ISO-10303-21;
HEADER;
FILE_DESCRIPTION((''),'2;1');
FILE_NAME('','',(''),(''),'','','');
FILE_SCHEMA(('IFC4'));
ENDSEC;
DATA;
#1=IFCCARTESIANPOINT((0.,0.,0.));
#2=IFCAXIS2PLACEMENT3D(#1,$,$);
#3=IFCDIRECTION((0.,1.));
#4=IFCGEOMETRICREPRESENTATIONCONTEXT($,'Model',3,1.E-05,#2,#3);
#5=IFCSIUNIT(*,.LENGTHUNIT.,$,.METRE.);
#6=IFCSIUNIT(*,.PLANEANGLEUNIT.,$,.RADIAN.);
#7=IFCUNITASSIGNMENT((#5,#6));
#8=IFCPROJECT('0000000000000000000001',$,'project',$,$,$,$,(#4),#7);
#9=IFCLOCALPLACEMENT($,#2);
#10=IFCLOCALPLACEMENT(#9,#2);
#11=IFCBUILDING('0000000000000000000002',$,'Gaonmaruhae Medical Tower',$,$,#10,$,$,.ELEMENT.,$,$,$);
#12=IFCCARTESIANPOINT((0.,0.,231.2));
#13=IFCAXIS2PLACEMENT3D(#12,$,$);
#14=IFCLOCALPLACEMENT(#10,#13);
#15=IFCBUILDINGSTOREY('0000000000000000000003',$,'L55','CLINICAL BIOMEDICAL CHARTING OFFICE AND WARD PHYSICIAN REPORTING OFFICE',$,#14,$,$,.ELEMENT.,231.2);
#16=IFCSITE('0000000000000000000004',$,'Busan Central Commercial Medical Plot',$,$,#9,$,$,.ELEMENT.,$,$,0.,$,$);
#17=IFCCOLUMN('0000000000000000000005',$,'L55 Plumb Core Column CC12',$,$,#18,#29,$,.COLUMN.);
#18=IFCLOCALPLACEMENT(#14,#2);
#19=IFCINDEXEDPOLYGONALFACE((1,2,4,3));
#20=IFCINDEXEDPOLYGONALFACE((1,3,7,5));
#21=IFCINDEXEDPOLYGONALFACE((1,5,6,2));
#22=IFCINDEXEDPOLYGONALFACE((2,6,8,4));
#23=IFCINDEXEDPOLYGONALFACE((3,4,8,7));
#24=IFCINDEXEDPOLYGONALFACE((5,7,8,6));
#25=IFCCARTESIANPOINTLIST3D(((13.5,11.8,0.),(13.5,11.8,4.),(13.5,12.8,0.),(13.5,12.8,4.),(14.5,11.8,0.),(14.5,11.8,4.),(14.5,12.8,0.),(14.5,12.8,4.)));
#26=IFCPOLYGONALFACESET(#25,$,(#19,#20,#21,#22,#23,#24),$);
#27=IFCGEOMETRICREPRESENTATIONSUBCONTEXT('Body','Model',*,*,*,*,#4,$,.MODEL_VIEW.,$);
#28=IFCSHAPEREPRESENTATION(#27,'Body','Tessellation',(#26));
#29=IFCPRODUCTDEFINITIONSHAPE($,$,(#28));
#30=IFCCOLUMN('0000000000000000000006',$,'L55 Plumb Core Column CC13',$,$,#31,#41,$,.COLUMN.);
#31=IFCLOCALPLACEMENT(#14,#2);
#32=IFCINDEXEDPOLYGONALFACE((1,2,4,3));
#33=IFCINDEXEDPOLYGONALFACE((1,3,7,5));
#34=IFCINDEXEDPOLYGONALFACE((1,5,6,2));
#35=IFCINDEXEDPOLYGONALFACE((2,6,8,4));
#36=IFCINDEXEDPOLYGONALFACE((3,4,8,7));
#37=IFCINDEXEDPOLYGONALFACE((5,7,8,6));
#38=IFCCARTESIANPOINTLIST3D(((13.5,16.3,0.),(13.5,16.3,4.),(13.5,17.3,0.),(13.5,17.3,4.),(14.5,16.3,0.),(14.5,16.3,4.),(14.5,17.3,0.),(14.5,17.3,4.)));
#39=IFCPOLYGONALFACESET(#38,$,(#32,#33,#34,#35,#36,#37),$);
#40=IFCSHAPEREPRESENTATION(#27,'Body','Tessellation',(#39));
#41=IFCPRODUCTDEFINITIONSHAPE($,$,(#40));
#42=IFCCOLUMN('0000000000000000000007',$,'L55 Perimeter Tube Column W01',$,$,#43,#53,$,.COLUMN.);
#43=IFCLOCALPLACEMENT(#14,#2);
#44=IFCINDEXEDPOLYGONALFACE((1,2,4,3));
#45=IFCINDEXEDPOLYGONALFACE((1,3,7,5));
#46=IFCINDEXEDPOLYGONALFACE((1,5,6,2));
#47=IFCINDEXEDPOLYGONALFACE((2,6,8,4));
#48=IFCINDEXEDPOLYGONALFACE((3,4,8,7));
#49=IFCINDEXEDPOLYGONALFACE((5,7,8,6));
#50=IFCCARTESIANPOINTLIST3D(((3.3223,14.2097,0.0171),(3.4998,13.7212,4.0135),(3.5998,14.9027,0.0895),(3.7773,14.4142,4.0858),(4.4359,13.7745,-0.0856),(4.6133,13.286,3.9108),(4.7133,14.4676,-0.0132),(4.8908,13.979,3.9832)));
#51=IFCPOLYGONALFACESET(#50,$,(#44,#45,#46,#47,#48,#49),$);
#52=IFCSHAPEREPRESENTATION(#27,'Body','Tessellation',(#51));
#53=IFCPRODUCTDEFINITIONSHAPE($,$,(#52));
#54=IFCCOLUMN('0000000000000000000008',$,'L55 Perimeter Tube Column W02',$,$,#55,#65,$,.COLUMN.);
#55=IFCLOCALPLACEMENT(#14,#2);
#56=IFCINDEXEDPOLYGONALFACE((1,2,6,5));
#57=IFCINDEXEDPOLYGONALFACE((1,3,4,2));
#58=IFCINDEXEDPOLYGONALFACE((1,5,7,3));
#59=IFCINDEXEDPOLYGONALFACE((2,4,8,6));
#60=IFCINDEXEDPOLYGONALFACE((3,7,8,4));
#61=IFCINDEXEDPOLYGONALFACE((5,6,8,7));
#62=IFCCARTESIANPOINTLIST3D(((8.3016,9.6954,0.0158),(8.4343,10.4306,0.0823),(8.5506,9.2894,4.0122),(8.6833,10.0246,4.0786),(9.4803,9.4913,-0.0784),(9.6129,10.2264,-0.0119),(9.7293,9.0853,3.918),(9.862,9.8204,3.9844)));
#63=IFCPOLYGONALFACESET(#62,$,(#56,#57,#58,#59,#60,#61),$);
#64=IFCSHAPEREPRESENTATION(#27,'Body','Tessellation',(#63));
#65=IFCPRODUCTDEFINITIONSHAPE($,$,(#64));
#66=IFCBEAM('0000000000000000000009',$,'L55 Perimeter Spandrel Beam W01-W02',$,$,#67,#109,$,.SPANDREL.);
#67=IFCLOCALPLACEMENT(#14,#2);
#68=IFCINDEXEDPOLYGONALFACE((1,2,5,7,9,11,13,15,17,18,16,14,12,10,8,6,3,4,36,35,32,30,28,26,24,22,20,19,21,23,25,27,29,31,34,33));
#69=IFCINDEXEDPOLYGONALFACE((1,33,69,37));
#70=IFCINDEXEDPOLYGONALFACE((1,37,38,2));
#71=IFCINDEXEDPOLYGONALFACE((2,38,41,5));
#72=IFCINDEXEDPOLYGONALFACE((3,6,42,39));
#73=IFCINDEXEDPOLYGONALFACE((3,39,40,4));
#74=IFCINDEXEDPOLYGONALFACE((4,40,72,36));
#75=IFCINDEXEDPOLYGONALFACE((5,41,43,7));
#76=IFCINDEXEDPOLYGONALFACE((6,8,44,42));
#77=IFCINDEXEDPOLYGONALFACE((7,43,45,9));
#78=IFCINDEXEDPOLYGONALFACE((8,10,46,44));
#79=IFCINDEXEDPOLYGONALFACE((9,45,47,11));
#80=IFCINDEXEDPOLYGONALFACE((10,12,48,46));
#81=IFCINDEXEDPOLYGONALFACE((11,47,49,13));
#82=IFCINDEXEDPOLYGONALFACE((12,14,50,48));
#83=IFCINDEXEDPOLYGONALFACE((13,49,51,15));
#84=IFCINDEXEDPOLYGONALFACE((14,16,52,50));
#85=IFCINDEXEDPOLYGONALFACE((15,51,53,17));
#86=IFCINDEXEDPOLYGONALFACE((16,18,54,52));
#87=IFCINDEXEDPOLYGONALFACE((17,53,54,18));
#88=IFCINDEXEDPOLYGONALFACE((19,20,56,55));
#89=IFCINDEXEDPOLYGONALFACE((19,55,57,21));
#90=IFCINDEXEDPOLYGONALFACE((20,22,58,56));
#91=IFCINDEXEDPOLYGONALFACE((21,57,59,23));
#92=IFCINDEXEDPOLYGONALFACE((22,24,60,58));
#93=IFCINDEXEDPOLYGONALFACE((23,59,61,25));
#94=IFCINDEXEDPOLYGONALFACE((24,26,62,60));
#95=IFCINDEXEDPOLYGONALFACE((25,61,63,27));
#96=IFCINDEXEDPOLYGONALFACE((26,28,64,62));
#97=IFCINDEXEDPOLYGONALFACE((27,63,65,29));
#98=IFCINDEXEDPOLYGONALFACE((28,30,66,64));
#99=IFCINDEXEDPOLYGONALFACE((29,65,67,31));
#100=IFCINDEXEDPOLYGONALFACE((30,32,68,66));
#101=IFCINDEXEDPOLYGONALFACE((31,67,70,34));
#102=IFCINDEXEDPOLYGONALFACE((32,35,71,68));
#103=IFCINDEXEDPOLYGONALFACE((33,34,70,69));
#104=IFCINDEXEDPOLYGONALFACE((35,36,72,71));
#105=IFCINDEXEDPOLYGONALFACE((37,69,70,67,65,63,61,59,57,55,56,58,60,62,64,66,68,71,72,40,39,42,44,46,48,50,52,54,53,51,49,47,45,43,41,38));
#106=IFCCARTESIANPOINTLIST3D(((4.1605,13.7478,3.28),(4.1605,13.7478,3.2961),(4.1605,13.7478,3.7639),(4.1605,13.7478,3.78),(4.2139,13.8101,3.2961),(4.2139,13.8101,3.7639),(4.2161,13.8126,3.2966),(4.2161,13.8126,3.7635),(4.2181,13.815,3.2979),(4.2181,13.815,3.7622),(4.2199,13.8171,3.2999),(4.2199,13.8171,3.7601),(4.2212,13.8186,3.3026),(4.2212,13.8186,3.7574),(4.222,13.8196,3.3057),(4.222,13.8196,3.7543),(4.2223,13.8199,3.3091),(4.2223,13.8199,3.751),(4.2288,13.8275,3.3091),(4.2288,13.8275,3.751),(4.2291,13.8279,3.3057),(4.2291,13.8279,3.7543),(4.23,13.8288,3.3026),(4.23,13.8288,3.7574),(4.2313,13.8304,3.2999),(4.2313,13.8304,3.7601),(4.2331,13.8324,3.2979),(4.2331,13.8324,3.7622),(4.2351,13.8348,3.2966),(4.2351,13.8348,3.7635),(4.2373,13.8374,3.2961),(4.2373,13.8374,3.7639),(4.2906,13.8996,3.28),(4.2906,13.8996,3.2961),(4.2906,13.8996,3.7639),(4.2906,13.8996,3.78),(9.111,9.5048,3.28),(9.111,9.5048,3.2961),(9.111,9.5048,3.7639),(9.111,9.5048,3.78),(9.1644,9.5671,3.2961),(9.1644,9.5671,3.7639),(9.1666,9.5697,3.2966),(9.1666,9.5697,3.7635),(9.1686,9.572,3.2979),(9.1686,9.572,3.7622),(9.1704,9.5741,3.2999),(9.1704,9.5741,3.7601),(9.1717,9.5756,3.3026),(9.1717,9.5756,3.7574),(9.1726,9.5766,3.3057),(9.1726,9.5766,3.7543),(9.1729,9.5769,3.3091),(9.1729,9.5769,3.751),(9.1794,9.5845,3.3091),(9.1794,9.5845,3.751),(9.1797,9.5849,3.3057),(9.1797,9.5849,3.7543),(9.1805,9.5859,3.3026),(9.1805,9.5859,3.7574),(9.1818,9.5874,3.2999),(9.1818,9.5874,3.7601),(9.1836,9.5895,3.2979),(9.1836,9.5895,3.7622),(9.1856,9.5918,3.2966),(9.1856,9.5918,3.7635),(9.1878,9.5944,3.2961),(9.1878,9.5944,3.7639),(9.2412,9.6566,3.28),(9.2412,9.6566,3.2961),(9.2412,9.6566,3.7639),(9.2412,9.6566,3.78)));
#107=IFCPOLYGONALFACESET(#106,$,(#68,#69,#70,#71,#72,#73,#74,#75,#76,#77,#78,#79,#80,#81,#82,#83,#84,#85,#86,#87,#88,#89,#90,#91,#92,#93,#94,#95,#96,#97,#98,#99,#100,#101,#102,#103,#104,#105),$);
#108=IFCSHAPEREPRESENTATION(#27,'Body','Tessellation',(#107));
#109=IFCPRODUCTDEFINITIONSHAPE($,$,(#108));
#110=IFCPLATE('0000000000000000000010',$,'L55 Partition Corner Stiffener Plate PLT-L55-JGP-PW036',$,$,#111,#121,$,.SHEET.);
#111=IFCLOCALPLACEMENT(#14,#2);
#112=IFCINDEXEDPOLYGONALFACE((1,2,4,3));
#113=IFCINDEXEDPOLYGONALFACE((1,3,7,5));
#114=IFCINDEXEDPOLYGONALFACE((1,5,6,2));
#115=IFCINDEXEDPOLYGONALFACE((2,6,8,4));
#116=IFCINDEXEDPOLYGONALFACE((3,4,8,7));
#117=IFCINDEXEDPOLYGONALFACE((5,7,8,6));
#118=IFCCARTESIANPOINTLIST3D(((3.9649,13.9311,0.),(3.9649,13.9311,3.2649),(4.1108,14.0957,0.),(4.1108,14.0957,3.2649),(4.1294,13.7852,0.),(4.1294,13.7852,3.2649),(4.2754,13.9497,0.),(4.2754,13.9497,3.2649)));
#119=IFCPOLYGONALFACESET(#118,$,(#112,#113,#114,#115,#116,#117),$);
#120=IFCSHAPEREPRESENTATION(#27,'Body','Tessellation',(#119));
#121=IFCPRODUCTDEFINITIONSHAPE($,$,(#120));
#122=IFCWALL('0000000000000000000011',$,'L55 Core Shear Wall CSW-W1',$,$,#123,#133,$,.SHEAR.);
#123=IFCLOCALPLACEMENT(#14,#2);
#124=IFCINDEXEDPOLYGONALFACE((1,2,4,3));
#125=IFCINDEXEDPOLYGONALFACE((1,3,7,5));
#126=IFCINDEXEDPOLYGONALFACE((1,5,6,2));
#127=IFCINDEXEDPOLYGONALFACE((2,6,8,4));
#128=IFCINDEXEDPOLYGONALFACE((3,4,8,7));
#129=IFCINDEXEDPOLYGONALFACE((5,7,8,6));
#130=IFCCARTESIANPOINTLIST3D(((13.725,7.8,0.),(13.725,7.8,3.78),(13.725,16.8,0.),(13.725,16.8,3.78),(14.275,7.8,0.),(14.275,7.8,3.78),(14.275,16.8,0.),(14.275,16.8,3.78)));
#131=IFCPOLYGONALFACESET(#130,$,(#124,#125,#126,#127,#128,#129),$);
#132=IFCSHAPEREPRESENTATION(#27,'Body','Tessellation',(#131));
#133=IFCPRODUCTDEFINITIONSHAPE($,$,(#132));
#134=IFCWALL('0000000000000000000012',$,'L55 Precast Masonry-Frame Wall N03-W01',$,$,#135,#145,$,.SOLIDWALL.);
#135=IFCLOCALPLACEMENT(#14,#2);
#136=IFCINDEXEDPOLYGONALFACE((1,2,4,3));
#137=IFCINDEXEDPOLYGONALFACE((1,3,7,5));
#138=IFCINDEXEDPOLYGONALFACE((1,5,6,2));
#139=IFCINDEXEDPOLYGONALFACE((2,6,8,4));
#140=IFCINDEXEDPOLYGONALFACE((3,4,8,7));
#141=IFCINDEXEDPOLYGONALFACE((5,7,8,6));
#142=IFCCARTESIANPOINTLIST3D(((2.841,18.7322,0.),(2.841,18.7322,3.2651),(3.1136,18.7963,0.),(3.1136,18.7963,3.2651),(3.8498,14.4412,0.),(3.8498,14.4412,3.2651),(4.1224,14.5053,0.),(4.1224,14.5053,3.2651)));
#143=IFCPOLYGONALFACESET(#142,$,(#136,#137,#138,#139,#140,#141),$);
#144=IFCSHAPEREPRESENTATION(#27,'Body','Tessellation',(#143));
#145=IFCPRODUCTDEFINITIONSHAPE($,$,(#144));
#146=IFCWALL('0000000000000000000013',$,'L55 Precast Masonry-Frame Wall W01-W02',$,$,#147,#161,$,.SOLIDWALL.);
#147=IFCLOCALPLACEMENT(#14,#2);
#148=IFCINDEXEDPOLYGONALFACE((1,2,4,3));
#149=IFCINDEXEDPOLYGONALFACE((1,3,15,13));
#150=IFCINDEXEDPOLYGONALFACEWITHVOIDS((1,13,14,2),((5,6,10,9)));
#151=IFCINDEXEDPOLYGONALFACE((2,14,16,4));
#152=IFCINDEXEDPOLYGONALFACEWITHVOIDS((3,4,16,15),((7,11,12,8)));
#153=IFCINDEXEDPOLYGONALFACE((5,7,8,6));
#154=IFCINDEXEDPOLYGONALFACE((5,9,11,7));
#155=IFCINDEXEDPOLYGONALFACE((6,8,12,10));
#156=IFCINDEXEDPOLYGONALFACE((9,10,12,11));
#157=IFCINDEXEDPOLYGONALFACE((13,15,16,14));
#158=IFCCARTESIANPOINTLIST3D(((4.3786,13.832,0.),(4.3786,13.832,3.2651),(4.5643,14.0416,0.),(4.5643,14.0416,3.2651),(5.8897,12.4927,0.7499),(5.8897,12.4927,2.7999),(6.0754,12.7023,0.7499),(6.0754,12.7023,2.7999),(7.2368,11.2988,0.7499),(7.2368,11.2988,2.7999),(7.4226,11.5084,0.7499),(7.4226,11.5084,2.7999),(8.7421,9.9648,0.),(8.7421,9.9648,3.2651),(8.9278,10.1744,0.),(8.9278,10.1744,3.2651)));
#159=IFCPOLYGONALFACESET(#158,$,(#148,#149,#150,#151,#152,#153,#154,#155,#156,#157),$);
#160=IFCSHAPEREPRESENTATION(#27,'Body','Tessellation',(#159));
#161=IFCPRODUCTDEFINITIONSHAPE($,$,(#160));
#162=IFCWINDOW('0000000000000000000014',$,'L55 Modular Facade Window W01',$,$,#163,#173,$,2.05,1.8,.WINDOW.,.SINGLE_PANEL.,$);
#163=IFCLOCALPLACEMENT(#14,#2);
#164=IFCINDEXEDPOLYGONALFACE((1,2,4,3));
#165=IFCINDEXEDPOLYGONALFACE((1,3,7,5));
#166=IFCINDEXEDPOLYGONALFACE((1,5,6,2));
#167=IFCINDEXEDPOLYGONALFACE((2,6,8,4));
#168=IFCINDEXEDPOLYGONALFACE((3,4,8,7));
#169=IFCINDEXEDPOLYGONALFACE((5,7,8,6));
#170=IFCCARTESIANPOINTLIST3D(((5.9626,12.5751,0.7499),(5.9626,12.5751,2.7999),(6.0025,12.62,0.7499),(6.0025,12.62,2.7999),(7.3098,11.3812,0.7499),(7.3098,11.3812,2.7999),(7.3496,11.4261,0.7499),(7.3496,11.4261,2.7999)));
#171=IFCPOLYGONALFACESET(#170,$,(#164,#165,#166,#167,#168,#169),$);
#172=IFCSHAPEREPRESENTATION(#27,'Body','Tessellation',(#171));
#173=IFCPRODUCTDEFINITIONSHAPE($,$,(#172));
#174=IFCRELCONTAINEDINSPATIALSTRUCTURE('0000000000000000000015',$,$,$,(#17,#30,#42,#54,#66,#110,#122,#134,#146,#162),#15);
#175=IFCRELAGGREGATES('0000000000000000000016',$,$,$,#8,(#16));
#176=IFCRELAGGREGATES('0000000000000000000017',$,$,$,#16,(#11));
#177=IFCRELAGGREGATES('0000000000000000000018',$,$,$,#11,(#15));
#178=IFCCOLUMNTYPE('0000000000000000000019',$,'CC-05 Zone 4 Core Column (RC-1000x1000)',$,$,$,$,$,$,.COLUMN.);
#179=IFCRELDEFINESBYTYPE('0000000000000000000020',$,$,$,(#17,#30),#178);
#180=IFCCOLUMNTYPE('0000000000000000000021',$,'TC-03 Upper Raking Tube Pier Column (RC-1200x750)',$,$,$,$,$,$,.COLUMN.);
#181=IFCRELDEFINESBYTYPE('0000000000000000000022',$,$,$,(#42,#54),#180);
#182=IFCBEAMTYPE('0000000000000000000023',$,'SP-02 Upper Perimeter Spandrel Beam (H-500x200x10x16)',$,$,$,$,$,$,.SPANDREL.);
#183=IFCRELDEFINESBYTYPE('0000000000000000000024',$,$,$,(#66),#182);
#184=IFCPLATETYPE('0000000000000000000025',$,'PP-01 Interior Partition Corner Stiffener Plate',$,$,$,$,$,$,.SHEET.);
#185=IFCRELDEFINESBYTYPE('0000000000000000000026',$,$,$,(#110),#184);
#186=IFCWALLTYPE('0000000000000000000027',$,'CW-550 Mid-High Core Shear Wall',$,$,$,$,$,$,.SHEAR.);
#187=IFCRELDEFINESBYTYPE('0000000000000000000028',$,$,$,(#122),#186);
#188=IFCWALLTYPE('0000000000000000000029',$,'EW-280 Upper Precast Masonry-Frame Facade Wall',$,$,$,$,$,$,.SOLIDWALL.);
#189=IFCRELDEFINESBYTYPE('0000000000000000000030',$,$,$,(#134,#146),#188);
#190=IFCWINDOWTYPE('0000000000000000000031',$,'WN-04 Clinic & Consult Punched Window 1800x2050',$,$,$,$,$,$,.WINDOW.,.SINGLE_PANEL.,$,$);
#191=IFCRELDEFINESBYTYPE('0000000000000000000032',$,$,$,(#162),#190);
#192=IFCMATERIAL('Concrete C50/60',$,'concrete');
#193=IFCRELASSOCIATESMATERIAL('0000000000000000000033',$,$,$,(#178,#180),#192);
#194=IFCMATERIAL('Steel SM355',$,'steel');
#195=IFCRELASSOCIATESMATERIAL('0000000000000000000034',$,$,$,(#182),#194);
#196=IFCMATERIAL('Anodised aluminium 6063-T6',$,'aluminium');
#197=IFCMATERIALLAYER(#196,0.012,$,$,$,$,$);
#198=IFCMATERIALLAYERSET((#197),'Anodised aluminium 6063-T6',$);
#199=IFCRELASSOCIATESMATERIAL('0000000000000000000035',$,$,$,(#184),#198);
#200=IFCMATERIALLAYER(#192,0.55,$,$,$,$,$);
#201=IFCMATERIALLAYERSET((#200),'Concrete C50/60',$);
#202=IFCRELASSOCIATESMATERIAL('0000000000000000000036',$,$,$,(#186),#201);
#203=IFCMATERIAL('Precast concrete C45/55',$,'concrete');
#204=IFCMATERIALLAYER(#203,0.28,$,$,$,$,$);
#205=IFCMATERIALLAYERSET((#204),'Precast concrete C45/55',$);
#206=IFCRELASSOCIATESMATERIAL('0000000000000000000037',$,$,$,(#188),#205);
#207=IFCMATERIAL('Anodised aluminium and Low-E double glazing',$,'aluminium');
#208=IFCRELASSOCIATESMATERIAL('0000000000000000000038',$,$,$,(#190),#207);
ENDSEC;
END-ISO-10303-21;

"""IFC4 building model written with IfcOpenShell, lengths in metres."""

from ifc_helpers import new_model, si_unit, direction, frame, frame_2d, origin, origin_2d, place, context, subcontext, project, spatial, rectangle, i_section, extrude, material, layer, layer_set, material_profile, profile_set, type_object, element, fill, save


model = new_model("IFC4")

# Units and contexts
model_context = context("Model", 3, precision=1e-05, world=origin(), true_north=direction((0.0, 1.0)))
body_context = subcontext(model_context, "Body", "Model", "MODEL_VIEW")
ifc_project = project(units=[si_unit("LENGTHUNIT", "METRE"), si_unit("PLANEANGLEUNIT", "RADIAN")], contexts=[model_context])

# Site, building, storey
site_placement = place(None, origin())
site = spatial("IfcSite", under=ifc_project, at=site_placement, Name="Busan Central Commercial Medical Plot", CompositionType="ELEMENT", RefElevation=0.0)
building_placement = place(site_placement, origin())
building = spatial("IfcBuilding", under=site, at=building_placement, Name="Gaonmaruhae Medical Tower", CompositionType="ELEMENT")
storey_placement = place(building_placement, frame((0.0, 0.0, 231.2)))
storey = spatial("IfcBuildingStorey", under=building, at=storey_placement, Name="L55", Description="CLINICAL BIOMEDICAL CHARTING OFFICE AND WARD PHYSICIAN REPORTING OFFICE", CompositionType="ELEMENT", Elevation=231.2)

# Columns
ifc_material_1 = material(Name="Concrete C50/60", Category="concrete")
ifc_material_profile_1 = material_profile(ifc_material_1, rectangle(XDim=1.0, YDim=1.0, at=origin_2d()), Name="RC-1000x1000")
ifc_profile_set_1 = profile_set([ifc_material_profile_1], Name="Concrete C50/60")
column_type_1 = type_object("IfcColumnType", Name="CC-05 Zone 4 Core Column (RC-1000x1000)", PredefinedType="COLUMN", material=ifc_profile_set_1)
for number, where, z_axis, x_axis, name in (
    (1, (14.0, 12.3, 0.0), (0.0, 0.0, 1.0), (1.0, 0.0, 0.0), "L55 Plumb Core Column CC12"),
    (2, (14.0, 16.8, 0.0), (0.0, 0.0, 1.0), (1.0, 0.0, 0.0), "L55 Plumb Core Column CC13"),
):
    element("IfcColumn", number, at=place(storey_placement, frame(where, z_axis=z_axis, x_axis=x_axis)), inside=storey, type_object=column_type_1, Name=name, PredefinedType="COLUMN", context=body_context, shape_type="SweptSolid", body=[
        extrude(rectangle(XDim=1.0, YDim=1.0, at=origin_2d()), origin(), (0.0, 0.0, 1.0), 4.0),
    ])
ifc_material_profile_2 = material_profile(ifc_material_1, rectangle(XDim=1.2, YDim=0.75, at=origin_2d()), Name="RC-1200x750")
ifc_profile_set_2 = profile_set([ifc_material_profile_2], Name="Concrete C50/60")
column_type_2 = type_object("IfcColumnType", Name="TC-03 Upper Raking Tube Pier Column (RC-1200x750)", PredefinedType="COLUMN", material=ifc_profile_set_2)
column_1_placement = place(storey_placement, frame((4.0178, 14.3386, 0.002), z_axis=(0.044042, -0.121222, 0.991648), x_axis=(-0.927994, 0.362642, 0.085546)))
element("IfcColumn", 3, at=column_1_placement, inside=storey, type_object=column_type_2, Name="L55 Perimeter Tube Column W01", PredefinedType="COLUMN", context=body_context, shape_type="SweptSolid", body=[
    extrude(rectangle(XDim=1.2, YDim=0.75, at=origin_2d()), origin(), (0.0, 0.0, 1.0), 4.03),
])
column_2_placement = place(storey_placement, frame((8.9573, 9.9609, 0.002), z_axis=(0.061875, -0.100881, 0.992973), x_axis=(-0.982288, 0.170142, 0.078495)))
element("IfcColumn", 4, at=column_2_placement, inside=storey, type_object=column_type_2, Name="L55 Perimeter Tube Column W02", PredefinedType="COLUMN", context=body_context, shape_type="SweptSolid", body=[
    extrude(rectangle(XDim=1.2, YDim=0.75, at=origin_2d()), origin(), (0.0, 0.0, 1.0), 4.0247),
])

# Beam
ifc_material_2 = material(Name="Steel SM355", Category="steel")
ifc_material_profile_3 = material_profile(ifc_material_2, i_section(OverallWidth=0.2, OverallDepth=0.5, WebThickness=0.01, FlangeThickness=0.0161, FilletRadius=0.0129, at=origin_2d()), Name="H-500x200x10x16")
ifc_profile_set_3 = profile_set([ifc_material_profile_3], Name="Steel SM355")
beam_type = type_object("IfcBeamType", Name="SP-02 Upper Perimeter Spandrel Beam (H-500x200x10x16)", PredefinedType="SPANDREL", material=ifc_profile_set_3)
beam_placement = place(storey_placement, frame((4.2256, 13.8237, 3.53), z_axis=(0.75928, -0.650764, 0.0), x_axis=(0.650764, 0.75928, 0.0)))
element("IfcBeam", 5, at=beam_placement, inside=storey, type_object=beam_type, Name="L55 Perimeter Spandrel Beam W01-W02", PredefinedType="SPANDREL", context=body_context, shape_type="SweptSolid", body=[
    extrude(i_section(OverallWidth=0.2, OverallDepth=0.5, WebThickness=0.01, FlangeThickness=0.0161, FilletRadius=0.0129, at=origin_2d()), origin(), (0.0, 0.0, 1.0), 6.52),
])

# Plate
ifc_material_3 = material(Name="Anodised aluminium 6063-T6", Category="aluminium")
ifc_layer_1 = layer(ifc_material_3, 0.012)
ifc_layer_set_1 = layer_set([ifc_layer_1], Name="Anodised aluminium 6063-T6")
plate_type = type_object("IfcPlateType", Name="PP-01 Interior Partition Corner Stiffener Plate", PredefinedType="SHEET", material=ifc_layer_set_1)
plate_placement = place(storey_placement, frame((4.1201, 13.9404, 0.0), z_axis=(0.0, 0.0, 1.0), x_axis=(-0.748134, 0.663548, 0.0)))
element("IfcPlate", 6, at=plate_placement, inside=storey, type_object=plate_type, Name="L55 Partition Corner Stiffener Plate PLT-L55-JGP-PW036", PredefinedType="SHEET", context=body_context, shape_type="SweptSolid", body=[
    extrude(rectangle(XDim=0.22, YDim=0.22, at=origin_2d()), origin(), (0.0, 0.0, 1.0), 3.2649),
])

# Walls
ifc_layer_2 = layer(ifc_material_1, 0.55)
ifc_layer_set_2 = layer_set([ifc_layer_2], Name="Concrete C50/60")
wall_type_1 = type_object("IfcWallType", Name="CW-550 Mid-High Core Shear Wall", PredefinedType="SHEAR", material=ifc_layer_set_2)
wall_1_placement = place(storey_placement, frame((14.0, 16.8, 0.0), z_axis=(0.0, 0.0, 1.0), x_axis=(0.0, -1.0, 0.0)))
element("IfcWall", 7, at=wall_1_placement, inside=storey, type_object=wall_type_1, Name="L55 Core Shear Wall CSW-W1", PredefinedType="SHEAR", context=body_context, shape_type="SweptSolid", body=[
    extrude(rectangle(XDim=9.0, YDim=0.55, at=frame_2d((4.5, 0.0))), origin(), (0.0, 0.0, 1.0), 3.78),
])
ifc_material_4 = material(Name="Precast concrete C45/55", Category="concrete")
ifc_layer_3 = layer(ifc_material_4, 0.28)
ifc_layer_set_3 = layer_set([ifc_layer_3], Name="Precast concrete C45/55")
wall_type_2 = type_object("IfcWallType", Name="EW-280 Upper Precast Masonry-Frame Facade Wall", PredefinedType="SOLIDWALL", material=ifc_layer_set_3)
wall_2_placement = place(storey_placement, frame((3.9861, 14.4731, 0.0), z_axis=(0.0, 0.0, 1.0), x_axis=(-0.228854, 0.973461, 0.0)))
element("IfcWall", 8, at=wall_2_placement, inside=storey, type_object=wall_type_2, Name="L55 Precast Masonry-Frame Wall N03-W01", PredefinedType="SOLIDWALL", context=body_context, shape_type="SweptSolid", body=[
    extrude(rectangle(XDim=4.408, YDim=0.28, at=frame_2d((2.2041, 0.0))), origin(), (0.0, 0.0, 1.0), 3.2651),
])

# Wall, opening, window
wall_3_placement = place(storey_placement, frame((8.835, 10.0696, 0.0), z_axis=(0.0, 0.0, 1.0), x_axis=(-0.748388, 0.663261, 0.0)))
wall_3 = element("IfcWall", 9, at=wall_3_placement, inside=storey, type_object=wall_type_2, Name="L55 Precast Masonry-Frame Wall W01-W02", PredefinedType="SOLIDWALL", context=body_context, shape_type="SweptSolid", body=[
    extrude(rectangle(XDim=5.8306, YDim=0.28, at=frame_2d((2.9153, 0.0))), origin(), (0.0, 0.0, 1.0), 3.2651),
])
opening_1_placement = place(wall_3_placement, frame((2.0115, 0.0, 0.75)))
opening_1 = element("IfcOpeningElement", 10, at=opening_1_placement, cuts=wall_3, PredefinedType="OPENING", context=body_context, shape_type="SweptSolid", body=[
    extrude(rectangle(XDim=1.8, YDim=2.05, at=frame_2d((0.8999, 1.0249))), frame((0.0, 0.1499, 0.0), z_axis=(0.0, -1.0, 0.0), x_axis=(1.0, 0.0, 0.0)), (0.0, 0.0, 1.0), 0.3),
])
ifc_material_5 = material(Name="Anodised aluminium and Low-E double glazing", Category="aluminium")
window_type = type_object("IfcWindowType", Name="WN-04 Clinic & Consult Punched Window 1800x2050", PartitioningType="SINGLE_PANEL", PredefinedType="WINDOW", material=ifc_material_5)
window_placement = place(opening_1_placement, origin())
window = element("IfcWindow", 11, at=window_placement, inside=storey, type_object=window_type, Name="L55 Modular Facade Window W01", OverallHeight=2.05, OverallWidth=1.8, PartitioningType="SINGLE_PANEL", PredefinedType="WINDOW", context=body_context, shape_type="SweptSolid", body=[
    extrude(rectangle(XDim=1.8, YDim=2.05, at=frame_2d((0.8999, 1.0249))), frame((0.0, 0.03, 0.0), z_axis=(0.0, -1.0, 0.0), x_axis=(1.0, 0.0, 0.0)), (0.0, 0.0, 1.0), 0.0601),
])
fill(opening_1, window)

save(model, "model.ifc")
